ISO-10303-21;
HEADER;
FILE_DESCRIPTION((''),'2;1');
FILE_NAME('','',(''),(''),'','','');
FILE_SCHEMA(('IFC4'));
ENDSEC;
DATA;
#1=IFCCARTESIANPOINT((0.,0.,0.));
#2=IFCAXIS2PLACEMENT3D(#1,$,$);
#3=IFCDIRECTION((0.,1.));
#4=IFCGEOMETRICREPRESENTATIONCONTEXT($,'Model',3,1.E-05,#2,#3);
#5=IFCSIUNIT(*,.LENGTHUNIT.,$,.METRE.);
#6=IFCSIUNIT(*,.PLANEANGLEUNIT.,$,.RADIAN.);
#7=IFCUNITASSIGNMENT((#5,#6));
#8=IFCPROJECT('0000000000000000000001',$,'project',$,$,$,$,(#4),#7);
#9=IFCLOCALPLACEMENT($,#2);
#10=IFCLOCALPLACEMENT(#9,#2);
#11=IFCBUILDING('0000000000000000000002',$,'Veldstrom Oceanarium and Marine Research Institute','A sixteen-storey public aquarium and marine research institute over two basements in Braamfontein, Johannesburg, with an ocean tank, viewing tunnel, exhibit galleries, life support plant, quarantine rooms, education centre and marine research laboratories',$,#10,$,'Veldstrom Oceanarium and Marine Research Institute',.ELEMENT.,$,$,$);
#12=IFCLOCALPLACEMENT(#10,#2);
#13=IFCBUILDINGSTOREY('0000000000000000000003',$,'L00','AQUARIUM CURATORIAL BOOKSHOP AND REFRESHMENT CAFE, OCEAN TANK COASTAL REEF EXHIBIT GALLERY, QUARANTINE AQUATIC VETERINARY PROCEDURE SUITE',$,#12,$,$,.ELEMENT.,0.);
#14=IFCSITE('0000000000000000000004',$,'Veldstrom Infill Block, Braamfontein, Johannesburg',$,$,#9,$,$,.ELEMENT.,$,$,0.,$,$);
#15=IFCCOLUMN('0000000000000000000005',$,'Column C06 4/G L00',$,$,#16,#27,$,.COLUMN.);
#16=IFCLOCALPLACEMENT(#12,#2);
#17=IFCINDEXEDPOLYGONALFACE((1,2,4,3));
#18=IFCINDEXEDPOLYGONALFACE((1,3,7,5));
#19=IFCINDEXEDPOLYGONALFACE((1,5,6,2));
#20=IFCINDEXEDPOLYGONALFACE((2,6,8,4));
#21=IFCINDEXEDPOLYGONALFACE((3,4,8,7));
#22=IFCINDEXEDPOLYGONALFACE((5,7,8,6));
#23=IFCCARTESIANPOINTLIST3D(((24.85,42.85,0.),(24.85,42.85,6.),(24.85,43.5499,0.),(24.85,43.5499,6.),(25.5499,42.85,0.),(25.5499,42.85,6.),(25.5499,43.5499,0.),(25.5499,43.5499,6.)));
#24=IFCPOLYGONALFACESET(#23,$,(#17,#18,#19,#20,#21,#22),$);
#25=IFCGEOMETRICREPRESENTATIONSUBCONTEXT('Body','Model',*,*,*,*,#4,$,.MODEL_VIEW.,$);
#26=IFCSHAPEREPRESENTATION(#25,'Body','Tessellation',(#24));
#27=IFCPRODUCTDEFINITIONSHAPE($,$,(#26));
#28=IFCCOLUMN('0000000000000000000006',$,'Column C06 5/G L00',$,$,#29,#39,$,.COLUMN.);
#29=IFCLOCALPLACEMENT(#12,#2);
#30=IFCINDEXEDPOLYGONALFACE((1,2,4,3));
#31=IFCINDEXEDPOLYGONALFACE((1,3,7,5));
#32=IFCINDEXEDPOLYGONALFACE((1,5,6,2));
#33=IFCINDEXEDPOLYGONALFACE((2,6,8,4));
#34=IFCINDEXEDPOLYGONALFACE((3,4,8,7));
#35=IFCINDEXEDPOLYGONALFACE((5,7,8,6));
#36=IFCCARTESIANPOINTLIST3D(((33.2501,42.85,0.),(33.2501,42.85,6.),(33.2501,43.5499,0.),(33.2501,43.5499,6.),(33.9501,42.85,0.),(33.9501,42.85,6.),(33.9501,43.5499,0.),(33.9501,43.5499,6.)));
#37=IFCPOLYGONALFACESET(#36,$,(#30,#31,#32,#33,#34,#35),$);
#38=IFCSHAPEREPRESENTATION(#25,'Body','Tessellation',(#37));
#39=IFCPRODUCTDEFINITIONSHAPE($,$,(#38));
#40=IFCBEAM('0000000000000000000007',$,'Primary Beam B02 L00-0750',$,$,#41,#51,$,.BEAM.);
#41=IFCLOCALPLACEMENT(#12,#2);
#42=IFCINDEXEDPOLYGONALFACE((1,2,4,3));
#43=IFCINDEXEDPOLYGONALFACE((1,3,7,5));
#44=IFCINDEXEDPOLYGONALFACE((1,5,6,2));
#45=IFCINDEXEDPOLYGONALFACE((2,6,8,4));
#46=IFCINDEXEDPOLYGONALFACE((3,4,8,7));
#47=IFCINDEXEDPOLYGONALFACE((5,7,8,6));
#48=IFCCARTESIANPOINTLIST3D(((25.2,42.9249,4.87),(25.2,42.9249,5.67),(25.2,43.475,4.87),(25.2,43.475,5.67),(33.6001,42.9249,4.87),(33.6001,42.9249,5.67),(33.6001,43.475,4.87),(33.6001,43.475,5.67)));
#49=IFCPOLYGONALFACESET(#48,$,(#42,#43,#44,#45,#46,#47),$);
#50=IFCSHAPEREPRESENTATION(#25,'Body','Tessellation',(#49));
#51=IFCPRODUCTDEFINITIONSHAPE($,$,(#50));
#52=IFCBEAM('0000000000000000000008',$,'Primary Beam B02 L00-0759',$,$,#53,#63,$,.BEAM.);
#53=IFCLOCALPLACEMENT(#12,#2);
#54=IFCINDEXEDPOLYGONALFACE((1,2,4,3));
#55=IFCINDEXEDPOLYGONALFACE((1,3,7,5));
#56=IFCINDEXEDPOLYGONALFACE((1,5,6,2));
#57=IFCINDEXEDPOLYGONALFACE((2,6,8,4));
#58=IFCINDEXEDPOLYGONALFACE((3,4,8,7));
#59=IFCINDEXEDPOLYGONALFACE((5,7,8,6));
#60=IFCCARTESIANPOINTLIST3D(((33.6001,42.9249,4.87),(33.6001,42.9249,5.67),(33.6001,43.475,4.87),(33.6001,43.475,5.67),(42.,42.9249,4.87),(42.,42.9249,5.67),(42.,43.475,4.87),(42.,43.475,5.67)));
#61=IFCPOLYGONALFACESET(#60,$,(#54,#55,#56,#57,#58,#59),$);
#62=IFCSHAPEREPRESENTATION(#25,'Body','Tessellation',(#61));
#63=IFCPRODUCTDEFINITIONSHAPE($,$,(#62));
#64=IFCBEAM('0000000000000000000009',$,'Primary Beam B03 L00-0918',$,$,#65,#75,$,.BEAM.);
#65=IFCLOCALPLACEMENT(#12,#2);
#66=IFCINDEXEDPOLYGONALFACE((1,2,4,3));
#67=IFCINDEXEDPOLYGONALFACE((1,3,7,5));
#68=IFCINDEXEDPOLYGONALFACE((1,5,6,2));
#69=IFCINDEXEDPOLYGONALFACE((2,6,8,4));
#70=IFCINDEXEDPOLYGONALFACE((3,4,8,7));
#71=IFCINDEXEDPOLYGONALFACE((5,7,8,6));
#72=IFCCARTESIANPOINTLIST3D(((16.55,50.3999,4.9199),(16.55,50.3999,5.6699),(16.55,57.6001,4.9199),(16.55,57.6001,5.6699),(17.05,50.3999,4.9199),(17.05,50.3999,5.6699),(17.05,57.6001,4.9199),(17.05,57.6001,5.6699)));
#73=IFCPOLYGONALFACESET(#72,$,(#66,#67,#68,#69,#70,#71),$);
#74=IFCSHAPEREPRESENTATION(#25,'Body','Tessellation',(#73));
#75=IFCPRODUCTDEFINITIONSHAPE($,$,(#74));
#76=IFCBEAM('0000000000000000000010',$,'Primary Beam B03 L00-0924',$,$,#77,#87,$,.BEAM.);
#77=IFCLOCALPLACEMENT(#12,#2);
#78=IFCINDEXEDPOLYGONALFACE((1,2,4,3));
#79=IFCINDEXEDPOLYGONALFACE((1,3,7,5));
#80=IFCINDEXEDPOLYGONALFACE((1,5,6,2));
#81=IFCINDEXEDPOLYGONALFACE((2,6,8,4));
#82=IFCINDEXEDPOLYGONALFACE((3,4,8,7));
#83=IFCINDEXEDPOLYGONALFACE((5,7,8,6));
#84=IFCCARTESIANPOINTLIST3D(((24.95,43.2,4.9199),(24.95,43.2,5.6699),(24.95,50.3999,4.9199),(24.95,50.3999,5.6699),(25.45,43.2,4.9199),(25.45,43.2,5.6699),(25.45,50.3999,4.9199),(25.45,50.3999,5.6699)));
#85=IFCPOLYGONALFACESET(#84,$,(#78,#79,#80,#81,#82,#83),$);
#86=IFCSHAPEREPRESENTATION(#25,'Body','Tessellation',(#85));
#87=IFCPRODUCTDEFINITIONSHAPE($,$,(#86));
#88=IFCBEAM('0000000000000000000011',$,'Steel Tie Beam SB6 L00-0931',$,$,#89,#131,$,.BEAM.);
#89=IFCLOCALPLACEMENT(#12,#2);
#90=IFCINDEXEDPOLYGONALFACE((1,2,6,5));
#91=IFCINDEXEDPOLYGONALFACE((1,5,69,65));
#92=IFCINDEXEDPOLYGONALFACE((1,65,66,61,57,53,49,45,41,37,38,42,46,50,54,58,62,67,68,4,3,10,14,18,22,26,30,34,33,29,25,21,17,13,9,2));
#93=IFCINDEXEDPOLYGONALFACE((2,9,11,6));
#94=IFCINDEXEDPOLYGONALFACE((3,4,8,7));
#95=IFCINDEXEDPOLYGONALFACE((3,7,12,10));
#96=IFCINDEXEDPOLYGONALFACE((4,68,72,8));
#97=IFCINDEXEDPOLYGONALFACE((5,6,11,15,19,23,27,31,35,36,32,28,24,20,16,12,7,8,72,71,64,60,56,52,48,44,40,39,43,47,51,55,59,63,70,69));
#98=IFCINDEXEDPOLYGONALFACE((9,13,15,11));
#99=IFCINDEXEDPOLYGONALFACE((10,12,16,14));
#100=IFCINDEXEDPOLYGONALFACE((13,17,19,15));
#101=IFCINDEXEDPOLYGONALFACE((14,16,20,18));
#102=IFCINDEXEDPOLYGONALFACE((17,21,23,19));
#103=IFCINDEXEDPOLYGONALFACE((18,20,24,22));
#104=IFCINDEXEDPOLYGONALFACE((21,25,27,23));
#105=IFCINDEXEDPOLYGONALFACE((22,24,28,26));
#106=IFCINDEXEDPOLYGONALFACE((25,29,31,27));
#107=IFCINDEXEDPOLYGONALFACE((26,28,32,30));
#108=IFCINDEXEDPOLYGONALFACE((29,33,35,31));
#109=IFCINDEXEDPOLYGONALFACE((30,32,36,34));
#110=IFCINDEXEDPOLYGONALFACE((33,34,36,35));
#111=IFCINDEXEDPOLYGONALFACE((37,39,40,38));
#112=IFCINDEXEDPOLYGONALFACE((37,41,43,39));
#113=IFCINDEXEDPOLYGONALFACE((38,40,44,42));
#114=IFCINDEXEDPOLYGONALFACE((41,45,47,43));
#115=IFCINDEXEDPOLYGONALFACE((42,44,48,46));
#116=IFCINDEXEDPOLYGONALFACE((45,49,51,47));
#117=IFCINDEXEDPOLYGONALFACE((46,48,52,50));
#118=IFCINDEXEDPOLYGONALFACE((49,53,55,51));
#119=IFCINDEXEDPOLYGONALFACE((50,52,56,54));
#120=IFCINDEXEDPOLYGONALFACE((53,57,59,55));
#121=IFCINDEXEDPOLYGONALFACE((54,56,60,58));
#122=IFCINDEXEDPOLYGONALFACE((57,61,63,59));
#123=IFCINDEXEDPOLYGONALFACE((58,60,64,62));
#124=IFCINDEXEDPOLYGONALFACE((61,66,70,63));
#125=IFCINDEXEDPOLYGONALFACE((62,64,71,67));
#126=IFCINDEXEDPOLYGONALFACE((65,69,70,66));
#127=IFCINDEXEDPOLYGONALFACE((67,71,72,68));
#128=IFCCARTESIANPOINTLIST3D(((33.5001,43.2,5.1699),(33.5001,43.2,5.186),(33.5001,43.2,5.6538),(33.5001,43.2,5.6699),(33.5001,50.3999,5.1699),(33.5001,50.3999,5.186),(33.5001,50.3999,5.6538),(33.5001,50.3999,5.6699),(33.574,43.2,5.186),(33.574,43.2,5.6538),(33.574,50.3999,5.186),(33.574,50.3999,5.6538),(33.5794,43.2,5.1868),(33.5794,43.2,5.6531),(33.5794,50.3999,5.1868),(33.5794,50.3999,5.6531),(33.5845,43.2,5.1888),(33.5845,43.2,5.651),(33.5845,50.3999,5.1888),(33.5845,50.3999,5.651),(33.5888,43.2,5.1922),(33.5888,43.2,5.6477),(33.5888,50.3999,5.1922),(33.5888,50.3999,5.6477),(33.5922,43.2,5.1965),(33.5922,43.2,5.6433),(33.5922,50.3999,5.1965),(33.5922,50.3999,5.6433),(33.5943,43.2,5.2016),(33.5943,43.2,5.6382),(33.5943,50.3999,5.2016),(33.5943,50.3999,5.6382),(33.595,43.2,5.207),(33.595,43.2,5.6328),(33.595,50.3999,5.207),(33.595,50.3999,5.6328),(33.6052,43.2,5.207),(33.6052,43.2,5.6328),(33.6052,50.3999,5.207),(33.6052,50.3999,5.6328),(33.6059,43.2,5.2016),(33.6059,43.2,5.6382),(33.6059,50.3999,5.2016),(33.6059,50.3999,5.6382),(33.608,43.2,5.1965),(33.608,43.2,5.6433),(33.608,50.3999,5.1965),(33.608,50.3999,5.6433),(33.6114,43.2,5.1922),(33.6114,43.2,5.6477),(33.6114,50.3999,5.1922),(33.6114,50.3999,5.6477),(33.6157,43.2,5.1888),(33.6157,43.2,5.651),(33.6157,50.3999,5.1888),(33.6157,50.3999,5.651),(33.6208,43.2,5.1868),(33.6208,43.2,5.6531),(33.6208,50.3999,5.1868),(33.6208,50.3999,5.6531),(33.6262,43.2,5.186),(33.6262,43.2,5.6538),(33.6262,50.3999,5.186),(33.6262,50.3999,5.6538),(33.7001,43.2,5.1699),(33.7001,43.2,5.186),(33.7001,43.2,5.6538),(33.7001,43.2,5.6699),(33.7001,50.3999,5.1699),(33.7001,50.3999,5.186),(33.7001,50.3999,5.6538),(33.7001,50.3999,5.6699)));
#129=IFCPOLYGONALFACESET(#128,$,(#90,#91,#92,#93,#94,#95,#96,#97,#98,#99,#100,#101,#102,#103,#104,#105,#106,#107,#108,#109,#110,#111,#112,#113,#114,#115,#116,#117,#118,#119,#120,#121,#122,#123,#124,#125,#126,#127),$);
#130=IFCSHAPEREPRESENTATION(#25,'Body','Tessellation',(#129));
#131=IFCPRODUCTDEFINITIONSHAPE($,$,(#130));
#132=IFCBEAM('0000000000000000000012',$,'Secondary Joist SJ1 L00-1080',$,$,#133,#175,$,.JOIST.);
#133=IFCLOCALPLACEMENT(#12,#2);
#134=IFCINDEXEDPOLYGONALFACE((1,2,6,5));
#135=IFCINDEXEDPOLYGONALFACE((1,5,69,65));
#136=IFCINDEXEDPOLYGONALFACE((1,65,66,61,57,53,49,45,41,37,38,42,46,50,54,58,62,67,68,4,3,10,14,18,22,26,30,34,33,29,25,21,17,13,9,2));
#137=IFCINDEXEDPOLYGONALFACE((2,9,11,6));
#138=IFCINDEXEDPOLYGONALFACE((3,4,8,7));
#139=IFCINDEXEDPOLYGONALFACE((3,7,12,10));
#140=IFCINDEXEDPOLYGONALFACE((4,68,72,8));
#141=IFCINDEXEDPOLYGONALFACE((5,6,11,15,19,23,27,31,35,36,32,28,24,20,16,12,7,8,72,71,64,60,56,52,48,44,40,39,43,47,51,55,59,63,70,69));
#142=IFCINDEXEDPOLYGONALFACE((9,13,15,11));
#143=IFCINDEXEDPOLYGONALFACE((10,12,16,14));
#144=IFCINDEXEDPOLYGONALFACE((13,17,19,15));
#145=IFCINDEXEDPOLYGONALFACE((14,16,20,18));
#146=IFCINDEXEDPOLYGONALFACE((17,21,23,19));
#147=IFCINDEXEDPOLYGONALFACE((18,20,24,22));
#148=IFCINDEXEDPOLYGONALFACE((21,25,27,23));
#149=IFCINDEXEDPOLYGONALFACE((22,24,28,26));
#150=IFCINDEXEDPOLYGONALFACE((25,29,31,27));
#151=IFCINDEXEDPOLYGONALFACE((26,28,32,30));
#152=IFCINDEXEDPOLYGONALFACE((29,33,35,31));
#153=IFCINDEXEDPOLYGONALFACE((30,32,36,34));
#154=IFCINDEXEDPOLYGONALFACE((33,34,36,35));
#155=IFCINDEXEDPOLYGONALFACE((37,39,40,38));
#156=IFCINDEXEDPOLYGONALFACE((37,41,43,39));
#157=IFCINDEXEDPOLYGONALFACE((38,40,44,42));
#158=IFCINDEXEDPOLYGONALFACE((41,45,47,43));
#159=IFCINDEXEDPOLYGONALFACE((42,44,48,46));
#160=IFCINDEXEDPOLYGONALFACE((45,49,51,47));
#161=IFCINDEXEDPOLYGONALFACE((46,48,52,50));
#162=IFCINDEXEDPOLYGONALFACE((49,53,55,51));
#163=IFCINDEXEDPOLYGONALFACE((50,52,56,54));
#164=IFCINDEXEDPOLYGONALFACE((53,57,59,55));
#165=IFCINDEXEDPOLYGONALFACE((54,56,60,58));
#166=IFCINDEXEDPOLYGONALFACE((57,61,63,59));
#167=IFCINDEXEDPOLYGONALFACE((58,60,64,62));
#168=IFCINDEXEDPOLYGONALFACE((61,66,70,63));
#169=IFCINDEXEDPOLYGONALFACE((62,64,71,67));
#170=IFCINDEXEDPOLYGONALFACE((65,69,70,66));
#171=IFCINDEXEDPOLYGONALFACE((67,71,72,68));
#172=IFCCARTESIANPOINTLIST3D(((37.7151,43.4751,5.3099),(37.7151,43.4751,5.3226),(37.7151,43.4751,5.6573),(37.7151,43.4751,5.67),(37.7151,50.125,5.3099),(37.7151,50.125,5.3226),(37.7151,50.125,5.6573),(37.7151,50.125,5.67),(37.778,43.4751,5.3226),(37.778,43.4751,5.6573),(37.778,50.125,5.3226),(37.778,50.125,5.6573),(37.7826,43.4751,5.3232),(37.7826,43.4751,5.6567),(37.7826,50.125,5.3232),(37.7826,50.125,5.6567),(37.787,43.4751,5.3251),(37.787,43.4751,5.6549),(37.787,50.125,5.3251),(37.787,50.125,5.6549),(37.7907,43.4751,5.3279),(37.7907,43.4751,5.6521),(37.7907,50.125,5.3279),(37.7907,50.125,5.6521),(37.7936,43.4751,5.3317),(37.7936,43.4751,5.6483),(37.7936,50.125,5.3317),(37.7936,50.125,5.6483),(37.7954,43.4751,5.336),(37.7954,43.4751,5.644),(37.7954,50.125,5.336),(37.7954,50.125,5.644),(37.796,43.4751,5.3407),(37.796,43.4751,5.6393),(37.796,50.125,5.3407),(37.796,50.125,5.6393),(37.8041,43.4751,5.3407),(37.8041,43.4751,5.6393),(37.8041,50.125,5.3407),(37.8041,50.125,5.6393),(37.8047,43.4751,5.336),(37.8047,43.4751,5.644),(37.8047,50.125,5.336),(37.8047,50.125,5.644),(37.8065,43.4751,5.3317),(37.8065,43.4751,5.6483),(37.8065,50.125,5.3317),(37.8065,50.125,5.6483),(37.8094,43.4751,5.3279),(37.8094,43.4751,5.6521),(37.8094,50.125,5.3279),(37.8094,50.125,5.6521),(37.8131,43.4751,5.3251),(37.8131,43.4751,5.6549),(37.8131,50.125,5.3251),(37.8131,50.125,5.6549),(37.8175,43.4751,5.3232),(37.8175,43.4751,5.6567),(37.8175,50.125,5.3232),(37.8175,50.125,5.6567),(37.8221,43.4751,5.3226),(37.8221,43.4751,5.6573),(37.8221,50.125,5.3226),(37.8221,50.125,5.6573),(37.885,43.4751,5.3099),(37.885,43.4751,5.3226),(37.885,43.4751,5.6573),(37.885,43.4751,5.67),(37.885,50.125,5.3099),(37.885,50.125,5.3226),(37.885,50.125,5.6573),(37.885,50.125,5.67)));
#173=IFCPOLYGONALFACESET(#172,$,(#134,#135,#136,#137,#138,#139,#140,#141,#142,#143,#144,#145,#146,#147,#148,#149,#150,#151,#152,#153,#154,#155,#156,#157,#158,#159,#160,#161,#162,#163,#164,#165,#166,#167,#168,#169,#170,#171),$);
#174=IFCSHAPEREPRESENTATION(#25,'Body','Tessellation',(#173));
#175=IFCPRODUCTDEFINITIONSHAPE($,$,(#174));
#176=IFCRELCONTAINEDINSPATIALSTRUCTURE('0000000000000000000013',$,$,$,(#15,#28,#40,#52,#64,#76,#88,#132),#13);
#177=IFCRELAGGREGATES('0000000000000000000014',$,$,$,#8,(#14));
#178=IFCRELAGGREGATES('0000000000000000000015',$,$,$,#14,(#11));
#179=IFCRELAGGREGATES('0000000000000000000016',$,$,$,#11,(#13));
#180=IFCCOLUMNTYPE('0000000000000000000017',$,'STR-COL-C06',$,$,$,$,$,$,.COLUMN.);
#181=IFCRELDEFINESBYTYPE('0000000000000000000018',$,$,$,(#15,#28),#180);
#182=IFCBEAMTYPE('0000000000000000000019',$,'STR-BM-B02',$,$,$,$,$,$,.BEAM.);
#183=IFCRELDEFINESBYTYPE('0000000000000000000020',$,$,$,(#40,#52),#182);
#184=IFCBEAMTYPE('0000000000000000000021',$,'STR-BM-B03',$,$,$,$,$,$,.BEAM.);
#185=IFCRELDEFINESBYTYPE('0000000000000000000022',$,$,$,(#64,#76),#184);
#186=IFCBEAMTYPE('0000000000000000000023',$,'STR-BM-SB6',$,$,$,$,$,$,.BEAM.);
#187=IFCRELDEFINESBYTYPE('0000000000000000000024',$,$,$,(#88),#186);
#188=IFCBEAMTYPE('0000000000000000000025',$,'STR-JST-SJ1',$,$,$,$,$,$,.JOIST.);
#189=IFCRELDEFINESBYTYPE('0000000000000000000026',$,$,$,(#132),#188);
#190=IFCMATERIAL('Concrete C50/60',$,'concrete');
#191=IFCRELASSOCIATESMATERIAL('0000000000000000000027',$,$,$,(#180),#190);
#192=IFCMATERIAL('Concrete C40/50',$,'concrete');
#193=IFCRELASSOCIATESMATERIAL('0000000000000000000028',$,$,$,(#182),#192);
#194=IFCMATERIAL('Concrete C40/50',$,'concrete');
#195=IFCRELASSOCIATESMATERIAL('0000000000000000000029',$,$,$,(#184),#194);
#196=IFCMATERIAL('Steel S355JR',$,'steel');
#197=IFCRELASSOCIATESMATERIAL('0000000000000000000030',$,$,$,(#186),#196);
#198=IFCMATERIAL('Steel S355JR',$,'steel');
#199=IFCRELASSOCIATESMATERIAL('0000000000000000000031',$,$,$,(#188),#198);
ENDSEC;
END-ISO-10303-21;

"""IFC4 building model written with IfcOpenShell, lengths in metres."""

from ifc_helpers import new_model, si_unit, direction, frame, origin, origin_2d, place, context, subcontext, project, spatial, rectangle, i_section, extrude, material, material_profile, profile_set, type_object, element, save


model = new_model("IFC4")

# Units and contexts
model_context = context("Model", 3, precision=1e-05, world=origin(), true_north=direction((0.0, 1.0)))
body_context = subcontext(model_context, "Body", "Model", "MODEL_VIEW")
ifc_project = project(units=[si_unit("LENGTHUNIT", "METRE"), si_unit("PLANEANGLEUNIT", "RADIAN")], contexts=[model_context])

# Site, building, storey
site_placement = place(None, origin())
site = spatial("IfcSite", under=ifc_project, at=site_placement, Name="Veldstrom Infill Block, Braamfontein, Johannesburg", CompositionType="ELEMENT", RefElevation=0.0)
building_placement = place(site_placement, origin())
building = spatial("IfcBuilding", under=site, at=building_placement, Name="Veldstrom Oceanarium and Marine Research Institute", Description="A sixteen-storey public aquarium and marine research institute over two basements in Braamfontein, Johannesburg, with an ocean tank, viewing tunnel, exhibit galleries, life support plant, quarantine rooms, education centre and marine research laboratories", LongName="Veldstrom Oceanarium and Marine Research Institute", CompositionType="ELEMENT")
storey_placement = place(building_placement, origin())
storey = spatial("IfcBuildingStorey", under=building, at=storey_placement, Name="L00", Description="AQUARIUM CURATORIAL BOOKSHOP AND REFRESHMENT CAFE, OCEAN TANK COASTAL REEF EXHIBIT GALLERY, QUARANTINE AQUATIC VETERINARY PROCEDURE SUITE", CompositionType="ELEMENT", Elevation=0.0)

# Columns
ifc_material_1 = material(Name="Concrete C50/60", Category="concrete")
ifc_material_profile_1 = material_profile(ifc_material_1, rectangle(XDim=0.7, YDim=0.7, at=origin_2d()), Name="RC-COL-700x700")
ifc_profile_set_1 = profile_set([ifc_material_profile_1], Name="Concrete C50/60")
column_type = type_object("IfcColumnType", Name="STR-COL-C06", PredefinedType="COLUMN", material=ifc_profile_set_1)
for number, where, z_axis, x_axis, name in (
    (1, (25.2, 43.2, 0.0), (0.0, 0.0, 1.0), (1.0, 0.0, 0.0), "Column C06 4/G L00"),
    (2, (33.6001, 43.2, 0.0), (0.0, 0.0, 1.0), (1.0, 0.0, 0.0), "Column C06 5/G L00"),
):
    element("IfcColumn", number, at=place(storey_placement, frame(where, z_axis=z_axis, x_axis=x_axis)), inside=storey, type_object=column_type, Name=name, PredefinedType="COLUMN", context=body_context, shape_type="SweptSolid", body=[
        extrude(rectangle(XDim=0.7, YDim=0.7, at=origin_2d()), origin(), (0.0, 0.0, 1.0), 6.0),
    ])

# Beams
ifc_material_2 = material(Name="Concrete C40/50", Category="concrete")
ifc_material_profile_2 = material_profile(ifc_material_2, rectangle(XDim=0.55, YDim=0.8, at=origin_2d()), Name="RC-BM-550x800")
ifc_profile_set_2 = profile_set([ifc_material_profile_2], Name="Concrete C40/50")
beam_type_1 = type_object("IfcBeamType", Name="STR-BM-B02", PredefinedType="BEAM", material=ifc_profile_set_2)
beam_1_placement = place(storey_placement, frame((25.2, 43.2, 5.27), z_axis=(1.0, 0.0, 0.0), x_axis=(0.0, 1.0, 0.0)))
element("IfcBeam", 3, at=beam_1_placement, inside=storey, type_object=beam_type_1, Name="Primary Beam B02 L00-0750", PredefinedType="BEAM", context=body_context, shape_type="SweptSolid", body=[
    extrude(rectangle(XDim=0.55, YDim=0.8, at=origin_2d()), origin(), (0.0, 0.0, 1.0), 8.4001),
])
beam_2_placement = place(storey_placement, frame((33.6001, 43.2, 5.27), z_axis=(1.0, 0.0, 0.0), x_axis=(0.0, 1.0, 0.0)))
element("IfcBeam", 4, at=beam_2_placement, inside=storey, type_object=beam_type_1, Name="Primary Beam B02 L00-0759", PredefinedType="BEAM", context=body_context, shape_type="SweptSolid", body=[
    extrude(rectangle(XDim=0.55, YDim=0.8, at=origin_2d()), origin(), (0.0, 0.0, 1.0), 8.3999),
])
ifc_material_3 = material(Name="Concrete C40/50", Category="concrete")
ifc_material_profile_3 = material_profile(ifc_material_3, rectangle(XDim=0.5, YDim=0.75, at=origin_2d()), Name="RC-BM-500x750")
ifc_profile_set_3 = profile_set([ifc_material_profile_3], Name="Concrete C40/50")
beam_type_2 = type_object("IfcBeamType", Name="STR-BM-B03", PredefinedType="BEAM", material=ifc_profile_set_3)
beam_3_placement = place(storey_placement, frame((16.8, 50.3999, 5.2949), z_axis=(0.0, 1.0, 0.0), x_axis=(-1.0, 0.0, 0.0)))
element("IfcBeam", 5, at=beam_3_placement, inside=storey, type_object=beam_type_2, Name="Primary Beam B03 L00-0918", PredefinedType="BEAM", context=body_context, shape_type="SweptSolid", body=[
    extrude(rectangle(XDim=0.5, YDim=0.75, at=origin_2d()), origin(), (0.0, 0.0, 1.0), 7.2002),
])
beam_4_placement = place(storey_placement, frame((25.2, 43.2, 5.2949), z_axis=(0.0, 1.0, 0.0), x_axis=(-1.0, 0.0, 0.0)))
element("IfcBeam", 6, at=beam_4_placement, inside=storey, type_object=beam_type_2, Name="Primary Beam B03 L00-0924", PredefinedType="BEAM", context=body_context, shape_type="SweptSolid", body=[
    extrude(rectangle(XDim=0.5, YDim=0.75, at=origin_2d()), origin(), (0.0, 0.0, 1.0), 7.2),
])
ifc_material_4 = material(Name="Steel S355JR", Category="steel")
ifc_material_profile_4 = material_profile(ifc_material_4, i_section(OverallWidth=0.2, OverallDepth=0.5, WebThickness=0.0103, FlangeThickness=0.0161, FilletRadius=0.021, at=origin_2d()), Name="IPE 500")
ifc_profile_set_4 = profile_set([ifc_material_profile_4], Name="Steel S355JR")
beam_type_3 = type_object("IfcBeamType", Name="STR-BM-SB6", PredefinedType="BEAM", material=ifc_profile_set_4)
beam_5_placement = place(storey_placement, frame((33.6001, 43.2, 5.4199), z_axis=(0.0, 1.0, 0.0), x_axis=(-1.0, 0.0, 0.0)))
element("IfcBeam", 7, at=beam_5_placement, inside=storey, type_object=beam_type_3, Name="Steel Tie Beam SB6 L00-0931", PredefinedType="BEAM", context=body_context, shape_type="SweptSolid", body=[
    extrude(i_section(OverallWidth=0.2, OverallDepth=0.5, WebThickness=0.0103, FlangeThickness=0.0161, FilletRadius=0.021, at=origin_2d()), origin(), (0.0, 0.0, 1.0), 7.2),
])
ifc_material_5 = material(Name="Steel S355JR", Category="steel")
ifc_material_profile_5 = material_profile(ifc_material_5, i_section(OverallWidth=0.1699, OverallDepth=0.3601, WebThickness=0.0081, FlangeThickness=0.0127, FilletRadius=0.0181, at=origin_2d()), Name="IPE 360")
ifc_profile_set_5 = profile_set([ifc_material_profile_5], Name="Steel S355JR")
beam_type_4 = type_object("IfcBeamType", Name="STR-JST-SJ1", PredefinedType="JOIST", material=ifc_profile_set_5)
beam_6_placement = place(storey_placement, frame((37.8, 43.4751, 5.49), z_axis=(0.0, 1.0, 0.0), x_axis=(-1.0, 0.0, 0.0)))
element("IfcBeam", 8, at=beam_6_placement, inside=storey, type_object=beam_type_4, Name="Secondary Joist SJ1 L00-1080", PredefinedType="JOIST", context=body_context, shape_type="SweptSolid", body=[
    extrude(i_section(OverallWidth=0.1699, OverallDepth=0.3601, WebThickness=0.0081, FlangeThickness=0.0127, FilletRadius=0.0181, at=origin_2d()), origin(), (0.0, 0.0, 1.0), 6.6499),
])

save(model, "model.ifc")
